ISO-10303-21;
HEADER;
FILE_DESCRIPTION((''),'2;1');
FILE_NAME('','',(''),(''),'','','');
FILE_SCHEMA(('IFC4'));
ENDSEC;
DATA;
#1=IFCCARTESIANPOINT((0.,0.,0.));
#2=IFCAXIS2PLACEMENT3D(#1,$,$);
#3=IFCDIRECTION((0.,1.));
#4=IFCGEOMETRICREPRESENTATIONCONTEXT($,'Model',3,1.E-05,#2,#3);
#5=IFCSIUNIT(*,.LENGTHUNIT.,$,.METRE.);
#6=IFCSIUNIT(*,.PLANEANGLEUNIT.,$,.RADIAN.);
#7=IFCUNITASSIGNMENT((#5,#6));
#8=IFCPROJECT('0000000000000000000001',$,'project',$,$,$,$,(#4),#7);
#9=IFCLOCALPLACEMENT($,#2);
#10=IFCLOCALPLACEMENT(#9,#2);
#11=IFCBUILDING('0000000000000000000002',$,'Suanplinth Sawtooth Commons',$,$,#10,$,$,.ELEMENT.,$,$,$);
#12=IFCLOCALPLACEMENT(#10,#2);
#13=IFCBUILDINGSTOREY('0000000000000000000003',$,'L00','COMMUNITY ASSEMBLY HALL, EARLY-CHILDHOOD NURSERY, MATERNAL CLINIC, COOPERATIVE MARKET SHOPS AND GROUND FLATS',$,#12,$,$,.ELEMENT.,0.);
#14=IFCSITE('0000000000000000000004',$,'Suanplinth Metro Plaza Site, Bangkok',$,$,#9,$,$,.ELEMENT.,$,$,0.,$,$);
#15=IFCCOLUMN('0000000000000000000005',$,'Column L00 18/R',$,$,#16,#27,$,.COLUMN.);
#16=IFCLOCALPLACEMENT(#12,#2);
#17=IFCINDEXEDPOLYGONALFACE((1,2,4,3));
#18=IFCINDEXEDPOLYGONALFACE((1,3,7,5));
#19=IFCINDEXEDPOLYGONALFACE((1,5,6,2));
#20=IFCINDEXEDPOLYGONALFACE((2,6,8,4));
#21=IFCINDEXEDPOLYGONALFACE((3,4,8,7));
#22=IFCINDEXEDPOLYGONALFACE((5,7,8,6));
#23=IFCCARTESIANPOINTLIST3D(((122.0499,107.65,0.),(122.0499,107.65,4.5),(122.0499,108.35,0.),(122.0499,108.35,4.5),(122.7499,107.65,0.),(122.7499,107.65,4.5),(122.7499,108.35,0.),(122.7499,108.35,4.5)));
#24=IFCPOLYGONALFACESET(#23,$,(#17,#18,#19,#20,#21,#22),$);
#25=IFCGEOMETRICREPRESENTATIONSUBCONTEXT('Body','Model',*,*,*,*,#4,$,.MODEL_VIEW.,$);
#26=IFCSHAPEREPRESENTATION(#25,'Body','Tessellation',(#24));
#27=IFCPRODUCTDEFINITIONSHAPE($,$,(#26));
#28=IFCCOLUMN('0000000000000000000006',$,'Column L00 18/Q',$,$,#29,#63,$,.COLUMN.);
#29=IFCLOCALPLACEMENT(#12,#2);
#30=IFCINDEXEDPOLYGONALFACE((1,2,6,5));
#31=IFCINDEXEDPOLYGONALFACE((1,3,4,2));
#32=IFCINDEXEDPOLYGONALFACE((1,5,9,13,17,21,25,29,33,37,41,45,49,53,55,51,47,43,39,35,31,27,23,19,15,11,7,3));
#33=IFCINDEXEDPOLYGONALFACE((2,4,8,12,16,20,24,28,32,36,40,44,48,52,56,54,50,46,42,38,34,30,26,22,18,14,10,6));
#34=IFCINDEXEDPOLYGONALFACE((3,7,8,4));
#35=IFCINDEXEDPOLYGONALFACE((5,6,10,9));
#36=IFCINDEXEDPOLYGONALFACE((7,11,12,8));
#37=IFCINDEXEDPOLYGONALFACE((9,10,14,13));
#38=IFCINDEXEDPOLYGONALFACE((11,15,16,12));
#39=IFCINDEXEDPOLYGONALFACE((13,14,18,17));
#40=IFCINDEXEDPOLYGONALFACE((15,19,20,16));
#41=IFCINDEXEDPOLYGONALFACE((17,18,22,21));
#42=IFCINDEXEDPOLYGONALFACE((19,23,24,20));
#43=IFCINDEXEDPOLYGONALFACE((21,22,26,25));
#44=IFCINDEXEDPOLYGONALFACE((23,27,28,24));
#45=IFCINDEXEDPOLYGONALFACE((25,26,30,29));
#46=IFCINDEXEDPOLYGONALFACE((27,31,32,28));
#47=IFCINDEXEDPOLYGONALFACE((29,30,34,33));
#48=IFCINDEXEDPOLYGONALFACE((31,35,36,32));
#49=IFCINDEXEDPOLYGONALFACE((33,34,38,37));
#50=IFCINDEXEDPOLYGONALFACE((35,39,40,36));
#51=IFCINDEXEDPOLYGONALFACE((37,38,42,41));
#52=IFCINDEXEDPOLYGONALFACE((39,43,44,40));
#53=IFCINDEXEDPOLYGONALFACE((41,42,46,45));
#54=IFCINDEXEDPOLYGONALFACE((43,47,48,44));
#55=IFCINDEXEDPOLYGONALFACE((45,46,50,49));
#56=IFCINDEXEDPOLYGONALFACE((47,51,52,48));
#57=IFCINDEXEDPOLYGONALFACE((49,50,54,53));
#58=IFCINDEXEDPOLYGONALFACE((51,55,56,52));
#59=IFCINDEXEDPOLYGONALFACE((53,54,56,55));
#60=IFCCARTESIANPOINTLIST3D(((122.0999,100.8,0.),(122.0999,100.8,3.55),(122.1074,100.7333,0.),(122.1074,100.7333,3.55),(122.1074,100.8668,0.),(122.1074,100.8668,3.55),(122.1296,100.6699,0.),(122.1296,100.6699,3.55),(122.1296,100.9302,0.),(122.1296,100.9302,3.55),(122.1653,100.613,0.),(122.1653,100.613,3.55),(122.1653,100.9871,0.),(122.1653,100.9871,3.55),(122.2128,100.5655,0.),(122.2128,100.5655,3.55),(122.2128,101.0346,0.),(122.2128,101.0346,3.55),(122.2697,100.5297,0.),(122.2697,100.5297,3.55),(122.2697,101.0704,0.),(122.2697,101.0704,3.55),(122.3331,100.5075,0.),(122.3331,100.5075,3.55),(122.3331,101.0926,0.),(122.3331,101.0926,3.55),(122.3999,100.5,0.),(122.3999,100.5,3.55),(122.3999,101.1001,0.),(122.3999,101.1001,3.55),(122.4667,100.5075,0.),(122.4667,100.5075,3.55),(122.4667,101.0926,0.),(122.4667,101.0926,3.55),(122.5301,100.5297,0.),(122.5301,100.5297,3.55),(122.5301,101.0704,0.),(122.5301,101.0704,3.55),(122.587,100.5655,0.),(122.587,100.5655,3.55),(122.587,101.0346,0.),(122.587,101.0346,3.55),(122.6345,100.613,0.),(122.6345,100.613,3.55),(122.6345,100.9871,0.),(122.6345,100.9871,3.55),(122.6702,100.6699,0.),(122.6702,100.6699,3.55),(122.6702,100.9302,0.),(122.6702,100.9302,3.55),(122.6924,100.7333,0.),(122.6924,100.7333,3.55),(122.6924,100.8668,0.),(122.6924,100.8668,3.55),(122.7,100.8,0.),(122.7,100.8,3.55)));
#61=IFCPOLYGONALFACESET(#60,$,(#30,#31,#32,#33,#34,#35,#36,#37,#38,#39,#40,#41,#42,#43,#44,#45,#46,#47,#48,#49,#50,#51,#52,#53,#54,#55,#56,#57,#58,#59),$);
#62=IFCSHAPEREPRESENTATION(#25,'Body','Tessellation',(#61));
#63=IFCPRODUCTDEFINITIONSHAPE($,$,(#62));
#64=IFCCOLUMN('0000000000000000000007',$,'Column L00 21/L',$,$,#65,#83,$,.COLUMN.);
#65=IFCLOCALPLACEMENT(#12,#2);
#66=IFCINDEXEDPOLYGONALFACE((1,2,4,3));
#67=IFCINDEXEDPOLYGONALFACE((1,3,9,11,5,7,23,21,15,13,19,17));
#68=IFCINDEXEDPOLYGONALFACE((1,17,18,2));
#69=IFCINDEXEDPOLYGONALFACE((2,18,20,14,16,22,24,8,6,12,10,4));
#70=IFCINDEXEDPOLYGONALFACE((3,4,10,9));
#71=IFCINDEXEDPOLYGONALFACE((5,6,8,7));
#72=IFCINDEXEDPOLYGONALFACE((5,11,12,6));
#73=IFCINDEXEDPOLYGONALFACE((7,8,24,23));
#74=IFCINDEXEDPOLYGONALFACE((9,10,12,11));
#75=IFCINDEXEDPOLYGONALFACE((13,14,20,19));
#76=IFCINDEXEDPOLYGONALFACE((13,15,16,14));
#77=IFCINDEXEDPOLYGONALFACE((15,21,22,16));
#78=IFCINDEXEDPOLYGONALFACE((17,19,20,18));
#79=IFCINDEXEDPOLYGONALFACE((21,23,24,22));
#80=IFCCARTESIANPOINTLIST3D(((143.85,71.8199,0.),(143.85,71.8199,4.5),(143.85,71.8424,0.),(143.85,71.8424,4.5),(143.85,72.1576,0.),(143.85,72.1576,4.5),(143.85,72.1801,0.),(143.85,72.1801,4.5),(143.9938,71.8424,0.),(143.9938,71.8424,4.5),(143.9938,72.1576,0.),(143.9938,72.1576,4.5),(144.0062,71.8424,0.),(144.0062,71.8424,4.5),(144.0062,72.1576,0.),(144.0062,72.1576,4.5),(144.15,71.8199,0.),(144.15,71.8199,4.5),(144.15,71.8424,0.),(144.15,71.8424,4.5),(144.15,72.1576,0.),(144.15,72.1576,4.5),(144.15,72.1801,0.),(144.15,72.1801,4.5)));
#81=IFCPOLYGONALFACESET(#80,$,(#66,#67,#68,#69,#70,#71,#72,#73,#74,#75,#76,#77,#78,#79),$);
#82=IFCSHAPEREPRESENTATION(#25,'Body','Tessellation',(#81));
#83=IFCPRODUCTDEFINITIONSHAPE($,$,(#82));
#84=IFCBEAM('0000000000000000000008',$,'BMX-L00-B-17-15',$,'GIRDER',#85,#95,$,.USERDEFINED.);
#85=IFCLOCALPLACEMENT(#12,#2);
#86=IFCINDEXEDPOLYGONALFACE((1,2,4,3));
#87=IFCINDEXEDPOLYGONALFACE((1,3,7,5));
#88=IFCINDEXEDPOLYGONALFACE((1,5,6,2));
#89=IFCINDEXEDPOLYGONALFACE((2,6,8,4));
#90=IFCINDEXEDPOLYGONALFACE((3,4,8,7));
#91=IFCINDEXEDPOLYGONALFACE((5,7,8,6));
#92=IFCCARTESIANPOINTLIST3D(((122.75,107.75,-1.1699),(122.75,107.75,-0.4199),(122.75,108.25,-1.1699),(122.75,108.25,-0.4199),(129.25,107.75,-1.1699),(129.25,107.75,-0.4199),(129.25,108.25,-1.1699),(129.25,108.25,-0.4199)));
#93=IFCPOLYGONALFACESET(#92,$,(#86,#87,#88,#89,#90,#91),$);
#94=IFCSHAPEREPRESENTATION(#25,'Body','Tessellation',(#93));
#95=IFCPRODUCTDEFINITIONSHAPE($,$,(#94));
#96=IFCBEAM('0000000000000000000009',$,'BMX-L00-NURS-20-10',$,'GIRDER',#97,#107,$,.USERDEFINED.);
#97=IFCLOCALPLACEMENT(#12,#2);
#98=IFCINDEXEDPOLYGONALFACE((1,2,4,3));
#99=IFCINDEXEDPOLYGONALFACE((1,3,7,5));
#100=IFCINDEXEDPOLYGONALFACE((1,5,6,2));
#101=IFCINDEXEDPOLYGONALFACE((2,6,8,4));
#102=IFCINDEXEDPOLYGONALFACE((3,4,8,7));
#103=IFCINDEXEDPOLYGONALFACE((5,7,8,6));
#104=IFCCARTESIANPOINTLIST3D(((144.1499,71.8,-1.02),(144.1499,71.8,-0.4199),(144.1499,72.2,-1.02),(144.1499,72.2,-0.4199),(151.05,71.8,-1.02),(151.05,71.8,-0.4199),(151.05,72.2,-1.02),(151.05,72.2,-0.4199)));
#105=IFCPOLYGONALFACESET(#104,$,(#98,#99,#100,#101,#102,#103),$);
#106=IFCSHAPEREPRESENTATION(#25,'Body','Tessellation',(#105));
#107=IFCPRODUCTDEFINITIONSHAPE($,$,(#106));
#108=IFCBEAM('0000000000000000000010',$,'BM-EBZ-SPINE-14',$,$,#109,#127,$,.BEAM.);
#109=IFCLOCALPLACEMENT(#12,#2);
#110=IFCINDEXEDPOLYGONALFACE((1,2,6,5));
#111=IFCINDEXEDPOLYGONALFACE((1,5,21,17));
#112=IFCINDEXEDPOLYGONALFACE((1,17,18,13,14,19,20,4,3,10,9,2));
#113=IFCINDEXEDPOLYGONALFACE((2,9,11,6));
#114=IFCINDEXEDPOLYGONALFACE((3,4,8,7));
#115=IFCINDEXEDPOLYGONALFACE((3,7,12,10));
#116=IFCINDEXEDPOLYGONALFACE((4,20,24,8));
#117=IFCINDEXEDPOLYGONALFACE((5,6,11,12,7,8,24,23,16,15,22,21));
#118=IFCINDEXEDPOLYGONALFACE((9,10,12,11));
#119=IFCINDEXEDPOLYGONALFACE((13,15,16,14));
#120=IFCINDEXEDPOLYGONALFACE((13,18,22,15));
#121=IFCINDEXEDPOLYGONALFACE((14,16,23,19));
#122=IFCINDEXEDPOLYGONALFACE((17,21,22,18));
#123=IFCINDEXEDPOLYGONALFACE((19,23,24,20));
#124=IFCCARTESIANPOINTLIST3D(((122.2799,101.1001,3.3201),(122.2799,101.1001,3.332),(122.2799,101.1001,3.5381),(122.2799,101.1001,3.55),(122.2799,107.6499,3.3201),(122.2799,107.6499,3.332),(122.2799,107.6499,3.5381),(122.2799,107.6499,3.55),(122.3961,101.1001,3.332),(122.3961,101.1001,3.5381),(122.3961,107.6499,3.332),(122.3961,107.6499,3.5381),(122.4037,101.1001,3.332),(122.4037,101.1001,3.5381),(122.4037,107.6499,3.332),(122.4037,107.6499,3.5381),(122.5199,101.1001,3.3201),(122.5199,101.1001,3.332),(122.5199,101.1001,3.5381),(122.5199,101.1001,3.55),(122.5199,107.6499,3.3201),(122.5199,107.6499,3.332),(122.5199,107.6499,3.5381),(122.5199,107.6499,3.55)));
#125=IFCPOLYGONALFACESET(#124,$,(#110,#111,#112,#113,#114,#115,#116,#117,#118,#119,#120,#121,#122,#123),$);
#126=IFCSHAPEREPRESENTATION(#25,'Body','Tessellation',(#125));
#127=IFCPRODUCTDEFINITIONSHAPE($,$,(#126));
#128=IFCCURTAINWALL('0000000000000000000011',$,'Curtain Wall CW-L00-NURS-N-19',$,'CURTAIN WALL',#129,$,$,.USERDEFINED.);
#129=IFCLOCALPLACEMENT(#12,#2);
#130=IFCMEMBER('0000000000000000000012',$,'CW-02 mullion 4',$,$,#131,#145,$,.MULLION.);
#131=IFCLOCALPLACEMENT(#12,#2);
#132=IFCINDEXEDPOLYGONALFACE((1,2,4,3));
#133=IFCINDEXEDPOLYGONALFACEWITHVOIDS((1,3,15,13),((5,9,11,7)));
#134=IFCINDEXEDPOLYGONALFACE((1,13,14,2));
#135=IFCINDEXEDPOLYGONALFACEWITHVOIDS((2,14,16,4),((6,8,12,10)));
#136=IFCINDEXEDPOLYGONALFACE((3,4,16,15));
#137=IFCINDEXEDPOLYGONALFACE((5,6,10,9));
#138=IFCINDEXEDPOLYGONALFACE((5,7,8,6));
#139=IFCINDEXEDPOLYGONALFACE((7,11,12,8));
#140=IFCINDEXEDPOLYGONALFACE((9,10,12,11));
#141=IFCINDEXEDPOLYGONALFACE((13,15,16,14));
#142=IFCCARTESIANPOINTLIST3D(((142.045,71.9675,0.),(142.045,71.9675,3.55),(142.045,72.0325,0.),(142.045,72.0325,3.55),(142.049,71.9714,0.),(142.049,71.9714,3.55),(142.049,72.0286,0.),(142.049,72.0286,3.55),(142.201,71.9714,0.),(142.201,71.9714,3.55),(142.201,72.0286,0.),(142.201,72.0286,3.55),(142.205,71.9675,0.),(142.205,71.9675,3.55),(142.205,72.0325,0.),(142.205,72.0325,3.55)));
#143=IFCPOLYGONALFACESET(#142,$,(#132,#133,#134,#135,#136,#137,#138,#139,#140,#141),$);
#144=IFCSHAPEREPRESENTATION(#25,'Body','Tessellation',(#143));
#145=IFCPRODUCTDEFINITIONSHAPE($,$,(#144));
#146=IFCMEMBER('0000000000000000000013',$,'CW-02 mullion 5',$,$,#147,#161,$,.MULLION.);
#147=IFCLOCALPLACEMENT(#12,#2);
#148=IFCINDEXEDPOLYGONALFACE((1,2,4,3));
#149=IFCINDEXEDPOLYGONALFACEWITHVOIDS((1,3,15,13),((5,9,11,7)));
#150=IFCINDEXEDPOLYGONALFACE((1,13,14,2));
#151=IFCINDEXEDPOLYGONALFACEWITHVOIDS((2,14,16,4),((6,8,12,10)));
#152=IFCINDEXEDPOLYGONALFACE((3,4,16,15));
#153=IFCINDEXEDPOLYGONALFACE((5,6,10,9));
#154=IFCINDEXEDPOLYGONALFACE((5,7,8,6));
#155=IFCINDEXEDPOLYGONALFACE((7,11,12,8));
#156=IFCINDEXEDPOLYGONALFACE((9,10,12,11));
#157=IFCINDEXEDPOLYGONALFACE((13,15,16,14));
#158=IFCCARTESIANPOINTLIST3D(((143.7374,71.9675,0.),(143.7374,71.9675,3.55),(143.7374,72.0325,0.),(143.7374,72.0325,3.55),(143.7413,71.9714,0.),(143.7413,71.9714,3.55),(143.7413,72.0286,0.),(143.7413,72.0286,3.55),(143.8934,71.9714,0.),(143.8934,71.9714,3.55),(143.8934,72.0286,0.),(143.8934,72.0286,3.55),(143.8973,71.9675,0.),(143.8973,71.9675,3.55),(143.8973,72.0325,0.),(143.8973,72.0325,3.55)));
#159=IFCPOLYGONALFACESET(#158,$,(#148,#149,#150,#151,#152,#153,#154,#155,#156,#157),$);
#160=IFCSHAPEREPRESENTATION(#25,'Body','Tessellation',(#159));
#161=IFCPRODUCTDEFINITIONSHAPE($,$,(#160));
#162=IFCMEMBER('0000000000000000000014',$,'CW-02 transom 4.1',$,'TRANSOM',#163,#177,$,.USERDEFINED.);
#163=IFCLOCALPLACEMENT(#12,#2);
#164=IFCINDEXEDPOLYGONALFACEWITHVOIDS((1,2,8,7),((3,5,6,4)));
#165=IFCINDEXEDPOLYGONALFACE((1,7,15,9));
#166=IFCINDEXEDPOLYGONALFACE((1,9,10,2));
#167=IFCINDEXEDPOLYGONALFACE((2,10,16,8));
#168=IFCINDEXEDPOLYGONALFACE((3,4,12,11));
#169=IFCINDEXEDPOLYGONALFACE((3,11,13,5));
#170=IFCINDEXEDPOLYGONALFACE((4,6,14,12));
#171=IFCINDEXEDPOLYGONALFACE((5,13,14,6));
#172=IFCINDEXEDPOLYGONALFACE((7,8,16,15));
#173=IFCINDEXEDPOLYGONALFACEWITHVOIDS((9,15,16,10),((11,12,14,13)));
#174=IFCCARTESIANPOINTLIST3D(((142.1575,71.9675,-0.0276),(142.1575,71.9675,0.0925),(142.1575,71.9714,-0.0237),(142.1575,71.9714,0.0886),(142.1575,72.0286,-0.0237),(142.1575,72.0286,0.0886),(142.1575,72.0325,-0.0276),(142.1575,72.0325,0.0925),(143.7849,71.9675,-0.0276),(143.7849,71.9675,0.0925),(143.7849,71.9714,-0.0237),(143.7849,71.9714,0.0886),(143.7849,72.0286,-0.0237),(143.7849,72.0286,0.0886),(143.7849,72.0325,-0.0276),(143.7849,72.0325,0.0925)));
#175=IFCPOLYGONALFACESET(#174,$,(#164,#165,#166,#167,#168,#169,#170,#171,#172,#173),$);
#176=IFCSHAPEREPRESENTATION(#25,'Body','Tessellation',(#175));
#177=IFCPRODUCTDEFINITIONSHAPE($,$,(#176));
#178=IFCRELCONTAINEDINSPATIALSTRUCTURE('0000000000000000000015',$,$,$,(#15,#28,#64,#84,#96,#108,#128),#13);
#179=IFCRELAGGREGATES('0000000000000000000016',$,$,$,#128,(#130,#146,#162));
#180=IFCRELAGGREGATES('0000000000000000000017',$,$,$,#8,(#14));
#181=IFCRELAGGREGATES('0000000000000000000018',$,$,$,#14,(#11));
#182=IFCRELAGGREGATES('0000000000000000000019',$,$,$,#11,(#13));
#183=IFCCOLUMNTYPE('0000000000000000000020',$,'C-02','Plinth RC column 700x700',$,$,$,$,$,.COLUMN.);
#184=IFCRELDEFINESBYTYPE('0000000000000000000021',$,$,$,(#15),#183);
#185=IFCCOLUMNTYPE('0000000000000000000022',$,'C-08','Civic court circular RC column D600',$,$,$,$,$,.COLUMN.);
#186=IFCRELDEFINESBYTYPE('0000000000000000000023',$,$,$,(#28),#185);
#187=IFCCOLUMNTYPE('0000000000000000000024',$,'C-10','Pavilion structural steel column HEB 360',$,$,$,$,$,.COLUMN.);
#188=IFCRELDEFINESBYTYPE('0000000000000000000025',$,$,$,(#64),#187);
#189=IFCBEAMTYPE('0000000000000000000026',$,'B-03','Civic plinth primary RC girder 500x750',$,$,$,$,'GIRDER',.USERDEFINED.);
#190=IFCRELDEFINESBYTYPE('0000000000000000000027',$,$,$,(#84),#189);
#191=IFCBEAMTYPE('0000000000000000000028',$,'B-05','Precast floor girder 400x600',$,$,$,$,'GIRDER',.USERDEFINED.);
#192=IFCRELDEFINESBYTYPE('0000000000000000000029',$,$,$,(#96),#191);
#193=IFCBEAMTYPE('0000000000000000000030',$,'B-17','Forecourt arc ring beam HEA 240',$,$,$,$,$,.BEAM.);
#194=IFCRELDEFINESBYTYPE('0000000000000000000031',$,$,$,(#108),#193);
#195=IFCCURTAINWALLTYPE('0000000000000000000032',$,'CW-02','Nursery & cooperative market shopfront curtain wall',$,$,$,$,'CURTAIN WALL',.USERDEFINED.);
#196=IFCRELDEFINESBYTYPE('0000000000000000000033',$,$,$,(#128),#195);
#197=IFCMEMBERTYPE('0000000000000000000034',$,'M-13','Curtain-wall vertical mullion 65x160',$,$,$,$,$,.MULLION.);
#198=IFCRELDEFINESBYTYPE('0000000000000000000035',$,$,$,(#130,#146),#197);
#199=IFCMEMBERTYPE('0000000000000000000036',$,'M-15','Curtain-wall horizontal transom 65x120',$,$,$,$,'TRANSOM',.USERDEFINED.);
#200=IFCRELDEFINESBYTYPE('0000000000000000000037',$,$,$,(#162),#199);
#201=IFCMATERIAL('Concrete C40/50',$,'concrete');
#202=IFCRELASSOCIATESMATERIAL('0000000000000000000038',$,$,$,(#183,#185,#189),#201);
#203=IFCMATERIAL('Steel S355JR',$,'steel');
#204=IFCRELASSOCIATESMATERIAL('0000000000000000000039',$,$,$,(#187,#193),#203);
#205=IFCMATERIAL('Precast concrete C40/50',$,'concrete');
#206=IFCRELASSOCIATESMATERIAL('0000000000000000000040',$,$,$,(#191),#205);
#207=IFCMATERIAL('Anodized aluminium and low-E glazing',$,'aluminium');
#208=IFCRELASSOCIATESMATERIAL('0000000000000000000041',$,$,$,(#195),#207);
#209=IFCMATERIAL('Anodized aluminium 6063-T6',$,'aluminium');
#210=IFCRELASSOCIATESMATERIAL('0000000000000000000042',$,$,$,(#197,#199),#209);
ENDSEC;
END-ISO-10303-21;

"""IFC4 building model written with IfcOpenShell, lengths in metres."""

from ifc_helpers import new_model, si_unit, direction, frame, origin, origin_2d, place, context, subcontext, project, spatial, rectangle, hollow_rectangle, circle, i_section, extrude, material, material_profile, profile_set, type_object, element, aggregate, save


model = new_model("IFC4")

# Units and contexts
model_context = context("Model", 3, precision=1e-05, world=origin(), true_north=direction((0.0, 1.0)))
body_context = subcontext(model_context, "Body", "Model", "MODEL_VIEW")
ifc_project = project(units=[si_unit("LENGTHUNIT", "METRE"), si_unit("PLANEANGLEUNIT", "RADIAN")], contexts=[model_context])

# Site, building, storey
site_placement = place(None, origin())
site = spatial("IfcSite", under=ifc_project, at=site_placement, Name="Suanplinth Metro Plaza Site, Bangkok", CompositionType="ELEMENT", RefElevation=0.0)
building_placement = place(site_placement, origin())
building = spatial("IfcBuilding", under=site, at=building_placement, Name="Suanplinth Sawtooth Commons", CompositionType="ELEMENT")
storey_placement = place(building_placement, origin())
storey = spatial("IfcBuildingStorey", under=building, at=storey_placement, Name="L00", Description="COMMUNITY ASSEMBLY HALL, EARLY-CHILDHOOD NURSERY, MATERNAL CLINIC, COOPERATIVE MARKET SHOPS AND GROUND FLATS", CompositionType="ELEMENT", Elevation=0.0)

# Columns
ifc_material_1 = material(Name="Concrete C40/50", Category="concrete")
ifc_material_profile_1 = material_profile(ifc_material_1, rectangle(XDim=0.7, YDim=0.7, at=origin_2d()), Name="RC-COL 700x700")
ifc_profile_set_1 = profile_set([ifc_material_profile_1], Name="Concrete C40/50")
column_type_1 = type_object("IfcColumnType", Name="C-02", Description="Plinth RC column 700x700", PredefinedType="COLUMN", material=ifc_profile_set_1)
column_1_placement = place(storey_placement, frame((122.3999, 108.0, 0.0), z_axis=(0.0, 0.0, 1.0), x_axis=(1.0, 0.0, 0.0)))
element("IfcColumn", 1, at=column_1_placement, inside=storey, type_object=column_type_1, Name="Column L00 18/R", PredefinedType="COLUMN", context=body_context, shape_type="SweptSolid", body=[
    extrude(rectangle(XDim=0.7, YDim=0.7, at=origin_2d()), origin(), (0.0, 0.0, 1.0), 4.5),
])
ifc_material_profile_2 = material_profile(ifc_material_1, circle(Radius=0.3, at=origin_2d()), Name="RC-CIRC D600")
ifc_profile_set_2 = profile_set([ifc_material_profile_2], Name="Concrete C40/50")
column_type_2 = type_object("IfcColumnType", Name="C-08", Description="Civic court circular RC column D600", PredefinedType="COLUMN", material=ifc_profile_set_2)
column_2_placement = place(storey_placement, frame((122.3999, 100.8, 0.0), z_axis=(0.0, 0.0, 1.0), x_axis=(1.0, 0.0, 0.0)))
element("IfcColumn", 2, at=column_2_placement, inside=storey, type_object=column_type_2, Name="Column L00 18/Q", PredefinedType="COLUMN", context=body_context, shape_type="SweptSolid", body=[
    extrude(circle(Radius=0.3, at=origin_2d()), origin(), (0.0, 0.0, 1.0), 3.55),
])
ifc_material_2 = material(Name="Steel S355JR", Category="steel")
ifc_material_profile_3 = material_profile(ifc_material_2, i_section(OverallWidth=0.3, OverallDepth=0.3601, WebThickness=0.0125, FlangeThickness=0.0225, at=origin_2d()), Name="HEB 360")
ifc_profile_set_3 = profile_set([ifc_material_profile_3], Name="Steel S355JR")
column_type_3 = type_object("IfcColumnType", Name="C-10", Description="Pavilion structural steel column HEB 360", PredefinedType="COLUMN", material=ifc_profile_set_3)
column_3_placement = place(storey_placement, frame((144.0, 72.0, 0.0), z_axis=(0.0, 0.0, 1.0), x_axis=(1.0, 0.0, 0.0)))
element("IfcColumn", 3, at=column_3_placement, inside=storey, type_object=column_type_3, Name="Column L00 21/L", PredefinedType="COLUMN", context=body_context, shape_type="SweptSolid", body=[
    extrude(i_section(OverallWidth=0.3, OverallDepth=0.3601, WebThickness=0.0125, FlangeThickness=0.0225, at=origin_2d()), origin(), (0.0, 0.0, 1.0), 4.5),
])

# Beams
ifc_material_profile_4 = material_profile(ifc_material_1, rectangle(XDim=0.5, YDim=0.75, at=origin_2d()), Name="RC-GDR 500x750")
ifc_profile_set_4 = profile_set([ifc_material_profile_4], Name="Concrete C40/50")
beam_type_1 = type_object("IfcBeamType", Name="B-03", Description="Civic plinth primary RC girder 500x750", ElementType="GIRDER", PredefinedType="USERDEFINED", material=ifc_profile_set_4)
beam_1_placement = place(storey_placement, frame((122.75, 108.0, -0.7949), z_axis=(1.0, 0.0, 0.0), x_axis=(0.0, 1.0, 0.0)))
element("IfcBeam", 4, at=beam_1_placement, inside=storey, type_object=beam_type_1, Name="BMX-L00-B-17-15", ObjectType="GIRDER", PredefinedType="USERDEFINED", context=body_context, shape_type="SweptSolid", body=[
    extrude(rectangle(XDim=0.5, YDim=0.75, at=origin_2d()), origin(), (0.0, 0.0, 1.0), 6.5),
])
ifc_material_3 = material(Name="Precast concrete C40/50", Category="concrete")
ifc_material_profile_5 = material_profile(ifc_material_3, rectangle(XDim=0.3999, YDim=0.6001, at=origin_2d()), Name="PC-GDR 400x600")
ifc_profile_set_5 = profile_set([ifc_material_profile_5], Name="Precast concrete C40/50")
beam_type_2 = type_object("IfcBeamType", Name="B-05", Description="Precast floor girder 400x600", ElementType="GIRDER", PredefinedType="USERDEFINED", material=ifc_profile_set_5)
beam_2_placement = place(storey_placement, frame((144.1499, 72.0, -0.72), z_axis=(1.0, 0.0, 0.0), x_axis=(0.0, 1.0, 0.0)))
element("IfcBeam", 5, at=beam_2_placement, inside=storey, type_object=beam_type_2, Name="BMX-L00-NURS-20-10", ObjectType="GIRDER", PredefinedType="USERDEFINED", context=body_context, shape_type="SweptSolid", body=[
    extrude(rectangle(XDim=0.3999, YDim=0.6001, at=origin_2d()), origin(), (0.0, 0.0, 1.0), 6.9001),
])
ifc_material_profile_6 = material_profile(ifc_material_2, i_section(OverallWidth=0.24, OverallDepth=0.23, WebThickness=0.0076, FlangeThickness=0.012, at=origin_2d()), Name="HEA 240")
ifc_profile_set_6 = profile_set([ifc_material_profile_6], Name="Steel S355JR")
beam_type_3 = type_object("IfcBeamType", Name="B-17", Description="Forecourt arc ring beam HEA 240", PredefinedType="BEAM", material=ifc_profile_set_6)
beam_3_placement = place(storey_placement, frame((122.3999, 101.1001, 3.4351), z_axis=(0.0, 1.0, 0.0), x_axis=(-1.0, 0.0, 0.0)))
element("IfcBeam", 6, at=beam_3_placement, inside=storey, type_object=beam_type_3, Name="BM-EBZ-SPINE-14", PredefinedType="BEAM", context=body_context, shape_type="SweptSolid", body=[
    extrude(i_section(OverallWidth=0.24, OverallDepth=0.23, WebThickness=0.0076, FlangeThickness=0.012, at=origin_2d()), origin(), (0.0, 0.0, 1.0), 6.5498),
])

# Curtain wall, members
ifc_material_4 = material(Name="Anodized aluminium and low-E glazing", Category="aluminium")
curtain_wall_type = type_object("IfcCurtainWallType", Name="CW-02", Description="Nursery & cooperative market shopfront curtain wall", ElementType="CURTAIN WALL", PredefinedType="USERDEFINED", material=ifc_material_4)
curtain_wall_placement = place(storey_placement, origin())
curtain_wall = element("IfcCurtainWall", 7, at=curtain_wall_placement, inside=storey, type_object=curtain_wall_type, Name="Curtain Wall CW-L00-NURS-N-19", ObjectType="CURTAIN WALL", PredefinedType="USERDEFINED")
ifc_material_5 = material(Name="Anodized aluminium 6063-T6", Category="aluminium")
ifc_material_profile_7 = material_profile(ifc_material_5, hollow_rectangle(XDim=0.0649, YDim=0.1599, WallThickness=0.0039, at=origin_2d()), Name="ALU-MUL 65x160")
ifc_profile_set_7 = profile_set([ifc_material_profile_7], Name="Anodized aluminium 6063-T6")
member_type_1 = type_object("IfcMemberType", Name="M-13", Description="Curtain-wall vertical mullion 65x160", PredefinedType="MULLION", material=ifc_profile_set_7)
member_1_placement = place(storey_placement, frame((142.125, 72.0, 0.0), z_axis=(0.0, 0.0, 1.0), x_axis=(0.0, 1.0, 0.0)))
member_1 = element("IfcMember", 8, at=member_1_placement, type_object=member_type_1, Name="CW-02 mullion 4", PredefinedType="MULLION", context=body_context, shape_type="SweptSolid", body=[
    extrude(hollow_rectangle(XDim=0.0649, YDim=0.1599, WallThickness=0.0039, at=origin_2d()), origin(), (0.0, 0.0, 1.0), 3.55),
])
member_2_placement = place(storey_placement, frame((143.8174, 72.0, 0.0), z_axis=(0.0, 0.0, 1.0), x_axis=(0.0, 1.0, 0.0)))
member_2 = element("IfcMember", 9, at=member_2_placement, type_object=member_type_1, Name="CW-02 mullion 5", PredefinedType="MULLION", context=body_context, shape_type="SweptSolid", body=[
    extrude(hollow_rectangle(XDim=0.0649, YDim=0.1599, WallThickness=0.0039, at=origin_2d()), origin(), (0.0, 0.0, 1.0), 3.55),
])
ifc_material_profile_8 = material_profile(ifc_material_5, hollow_rectangle(XDim=0.0649, YDim=0.1201, WallThickness=0.0039, at=origin_2d()), Name="ALU-TRN 65x120")
ifc_profile_set_8 = profile_set([ifc_material_profile_8], Name="Anodized aluminium 6063-T6")
member_type_2 = type_object("IfcMemberType", Name="M-15", Description="Curtain-wall horizontal transom 65x120", ElementType="TRANSOM", PredefinedType="USERDEFINED", material=ifc_profile_set_8)
member_3_placement = place(storey_placement, frame((142.1575, 72.0, 0.0325), z_axis=(1.0, 0.0, 0.0), x_axis=(0.0, 1.0, 0.0)))
member_3 = element("IfcMember", 10, at=member_3_placement, type_object=member_type_2, Name="CW-02 transom 4.1", ObjectType="TRANSOM", PredefinedType="USERDEFINED", context=body_context, shape_type="SweptSolid", body=[
    extrude(hollow_rectangle(XDim=0.0649, YDim=0.1201, WallThickness=0.0039, at=origin_2d()), origin(), (0.0, 0.0, 1.0), 1.6274),
])
aggregate(curtain_wall, [member_1, member_2, member_3])

save(model, "model.ifc")
